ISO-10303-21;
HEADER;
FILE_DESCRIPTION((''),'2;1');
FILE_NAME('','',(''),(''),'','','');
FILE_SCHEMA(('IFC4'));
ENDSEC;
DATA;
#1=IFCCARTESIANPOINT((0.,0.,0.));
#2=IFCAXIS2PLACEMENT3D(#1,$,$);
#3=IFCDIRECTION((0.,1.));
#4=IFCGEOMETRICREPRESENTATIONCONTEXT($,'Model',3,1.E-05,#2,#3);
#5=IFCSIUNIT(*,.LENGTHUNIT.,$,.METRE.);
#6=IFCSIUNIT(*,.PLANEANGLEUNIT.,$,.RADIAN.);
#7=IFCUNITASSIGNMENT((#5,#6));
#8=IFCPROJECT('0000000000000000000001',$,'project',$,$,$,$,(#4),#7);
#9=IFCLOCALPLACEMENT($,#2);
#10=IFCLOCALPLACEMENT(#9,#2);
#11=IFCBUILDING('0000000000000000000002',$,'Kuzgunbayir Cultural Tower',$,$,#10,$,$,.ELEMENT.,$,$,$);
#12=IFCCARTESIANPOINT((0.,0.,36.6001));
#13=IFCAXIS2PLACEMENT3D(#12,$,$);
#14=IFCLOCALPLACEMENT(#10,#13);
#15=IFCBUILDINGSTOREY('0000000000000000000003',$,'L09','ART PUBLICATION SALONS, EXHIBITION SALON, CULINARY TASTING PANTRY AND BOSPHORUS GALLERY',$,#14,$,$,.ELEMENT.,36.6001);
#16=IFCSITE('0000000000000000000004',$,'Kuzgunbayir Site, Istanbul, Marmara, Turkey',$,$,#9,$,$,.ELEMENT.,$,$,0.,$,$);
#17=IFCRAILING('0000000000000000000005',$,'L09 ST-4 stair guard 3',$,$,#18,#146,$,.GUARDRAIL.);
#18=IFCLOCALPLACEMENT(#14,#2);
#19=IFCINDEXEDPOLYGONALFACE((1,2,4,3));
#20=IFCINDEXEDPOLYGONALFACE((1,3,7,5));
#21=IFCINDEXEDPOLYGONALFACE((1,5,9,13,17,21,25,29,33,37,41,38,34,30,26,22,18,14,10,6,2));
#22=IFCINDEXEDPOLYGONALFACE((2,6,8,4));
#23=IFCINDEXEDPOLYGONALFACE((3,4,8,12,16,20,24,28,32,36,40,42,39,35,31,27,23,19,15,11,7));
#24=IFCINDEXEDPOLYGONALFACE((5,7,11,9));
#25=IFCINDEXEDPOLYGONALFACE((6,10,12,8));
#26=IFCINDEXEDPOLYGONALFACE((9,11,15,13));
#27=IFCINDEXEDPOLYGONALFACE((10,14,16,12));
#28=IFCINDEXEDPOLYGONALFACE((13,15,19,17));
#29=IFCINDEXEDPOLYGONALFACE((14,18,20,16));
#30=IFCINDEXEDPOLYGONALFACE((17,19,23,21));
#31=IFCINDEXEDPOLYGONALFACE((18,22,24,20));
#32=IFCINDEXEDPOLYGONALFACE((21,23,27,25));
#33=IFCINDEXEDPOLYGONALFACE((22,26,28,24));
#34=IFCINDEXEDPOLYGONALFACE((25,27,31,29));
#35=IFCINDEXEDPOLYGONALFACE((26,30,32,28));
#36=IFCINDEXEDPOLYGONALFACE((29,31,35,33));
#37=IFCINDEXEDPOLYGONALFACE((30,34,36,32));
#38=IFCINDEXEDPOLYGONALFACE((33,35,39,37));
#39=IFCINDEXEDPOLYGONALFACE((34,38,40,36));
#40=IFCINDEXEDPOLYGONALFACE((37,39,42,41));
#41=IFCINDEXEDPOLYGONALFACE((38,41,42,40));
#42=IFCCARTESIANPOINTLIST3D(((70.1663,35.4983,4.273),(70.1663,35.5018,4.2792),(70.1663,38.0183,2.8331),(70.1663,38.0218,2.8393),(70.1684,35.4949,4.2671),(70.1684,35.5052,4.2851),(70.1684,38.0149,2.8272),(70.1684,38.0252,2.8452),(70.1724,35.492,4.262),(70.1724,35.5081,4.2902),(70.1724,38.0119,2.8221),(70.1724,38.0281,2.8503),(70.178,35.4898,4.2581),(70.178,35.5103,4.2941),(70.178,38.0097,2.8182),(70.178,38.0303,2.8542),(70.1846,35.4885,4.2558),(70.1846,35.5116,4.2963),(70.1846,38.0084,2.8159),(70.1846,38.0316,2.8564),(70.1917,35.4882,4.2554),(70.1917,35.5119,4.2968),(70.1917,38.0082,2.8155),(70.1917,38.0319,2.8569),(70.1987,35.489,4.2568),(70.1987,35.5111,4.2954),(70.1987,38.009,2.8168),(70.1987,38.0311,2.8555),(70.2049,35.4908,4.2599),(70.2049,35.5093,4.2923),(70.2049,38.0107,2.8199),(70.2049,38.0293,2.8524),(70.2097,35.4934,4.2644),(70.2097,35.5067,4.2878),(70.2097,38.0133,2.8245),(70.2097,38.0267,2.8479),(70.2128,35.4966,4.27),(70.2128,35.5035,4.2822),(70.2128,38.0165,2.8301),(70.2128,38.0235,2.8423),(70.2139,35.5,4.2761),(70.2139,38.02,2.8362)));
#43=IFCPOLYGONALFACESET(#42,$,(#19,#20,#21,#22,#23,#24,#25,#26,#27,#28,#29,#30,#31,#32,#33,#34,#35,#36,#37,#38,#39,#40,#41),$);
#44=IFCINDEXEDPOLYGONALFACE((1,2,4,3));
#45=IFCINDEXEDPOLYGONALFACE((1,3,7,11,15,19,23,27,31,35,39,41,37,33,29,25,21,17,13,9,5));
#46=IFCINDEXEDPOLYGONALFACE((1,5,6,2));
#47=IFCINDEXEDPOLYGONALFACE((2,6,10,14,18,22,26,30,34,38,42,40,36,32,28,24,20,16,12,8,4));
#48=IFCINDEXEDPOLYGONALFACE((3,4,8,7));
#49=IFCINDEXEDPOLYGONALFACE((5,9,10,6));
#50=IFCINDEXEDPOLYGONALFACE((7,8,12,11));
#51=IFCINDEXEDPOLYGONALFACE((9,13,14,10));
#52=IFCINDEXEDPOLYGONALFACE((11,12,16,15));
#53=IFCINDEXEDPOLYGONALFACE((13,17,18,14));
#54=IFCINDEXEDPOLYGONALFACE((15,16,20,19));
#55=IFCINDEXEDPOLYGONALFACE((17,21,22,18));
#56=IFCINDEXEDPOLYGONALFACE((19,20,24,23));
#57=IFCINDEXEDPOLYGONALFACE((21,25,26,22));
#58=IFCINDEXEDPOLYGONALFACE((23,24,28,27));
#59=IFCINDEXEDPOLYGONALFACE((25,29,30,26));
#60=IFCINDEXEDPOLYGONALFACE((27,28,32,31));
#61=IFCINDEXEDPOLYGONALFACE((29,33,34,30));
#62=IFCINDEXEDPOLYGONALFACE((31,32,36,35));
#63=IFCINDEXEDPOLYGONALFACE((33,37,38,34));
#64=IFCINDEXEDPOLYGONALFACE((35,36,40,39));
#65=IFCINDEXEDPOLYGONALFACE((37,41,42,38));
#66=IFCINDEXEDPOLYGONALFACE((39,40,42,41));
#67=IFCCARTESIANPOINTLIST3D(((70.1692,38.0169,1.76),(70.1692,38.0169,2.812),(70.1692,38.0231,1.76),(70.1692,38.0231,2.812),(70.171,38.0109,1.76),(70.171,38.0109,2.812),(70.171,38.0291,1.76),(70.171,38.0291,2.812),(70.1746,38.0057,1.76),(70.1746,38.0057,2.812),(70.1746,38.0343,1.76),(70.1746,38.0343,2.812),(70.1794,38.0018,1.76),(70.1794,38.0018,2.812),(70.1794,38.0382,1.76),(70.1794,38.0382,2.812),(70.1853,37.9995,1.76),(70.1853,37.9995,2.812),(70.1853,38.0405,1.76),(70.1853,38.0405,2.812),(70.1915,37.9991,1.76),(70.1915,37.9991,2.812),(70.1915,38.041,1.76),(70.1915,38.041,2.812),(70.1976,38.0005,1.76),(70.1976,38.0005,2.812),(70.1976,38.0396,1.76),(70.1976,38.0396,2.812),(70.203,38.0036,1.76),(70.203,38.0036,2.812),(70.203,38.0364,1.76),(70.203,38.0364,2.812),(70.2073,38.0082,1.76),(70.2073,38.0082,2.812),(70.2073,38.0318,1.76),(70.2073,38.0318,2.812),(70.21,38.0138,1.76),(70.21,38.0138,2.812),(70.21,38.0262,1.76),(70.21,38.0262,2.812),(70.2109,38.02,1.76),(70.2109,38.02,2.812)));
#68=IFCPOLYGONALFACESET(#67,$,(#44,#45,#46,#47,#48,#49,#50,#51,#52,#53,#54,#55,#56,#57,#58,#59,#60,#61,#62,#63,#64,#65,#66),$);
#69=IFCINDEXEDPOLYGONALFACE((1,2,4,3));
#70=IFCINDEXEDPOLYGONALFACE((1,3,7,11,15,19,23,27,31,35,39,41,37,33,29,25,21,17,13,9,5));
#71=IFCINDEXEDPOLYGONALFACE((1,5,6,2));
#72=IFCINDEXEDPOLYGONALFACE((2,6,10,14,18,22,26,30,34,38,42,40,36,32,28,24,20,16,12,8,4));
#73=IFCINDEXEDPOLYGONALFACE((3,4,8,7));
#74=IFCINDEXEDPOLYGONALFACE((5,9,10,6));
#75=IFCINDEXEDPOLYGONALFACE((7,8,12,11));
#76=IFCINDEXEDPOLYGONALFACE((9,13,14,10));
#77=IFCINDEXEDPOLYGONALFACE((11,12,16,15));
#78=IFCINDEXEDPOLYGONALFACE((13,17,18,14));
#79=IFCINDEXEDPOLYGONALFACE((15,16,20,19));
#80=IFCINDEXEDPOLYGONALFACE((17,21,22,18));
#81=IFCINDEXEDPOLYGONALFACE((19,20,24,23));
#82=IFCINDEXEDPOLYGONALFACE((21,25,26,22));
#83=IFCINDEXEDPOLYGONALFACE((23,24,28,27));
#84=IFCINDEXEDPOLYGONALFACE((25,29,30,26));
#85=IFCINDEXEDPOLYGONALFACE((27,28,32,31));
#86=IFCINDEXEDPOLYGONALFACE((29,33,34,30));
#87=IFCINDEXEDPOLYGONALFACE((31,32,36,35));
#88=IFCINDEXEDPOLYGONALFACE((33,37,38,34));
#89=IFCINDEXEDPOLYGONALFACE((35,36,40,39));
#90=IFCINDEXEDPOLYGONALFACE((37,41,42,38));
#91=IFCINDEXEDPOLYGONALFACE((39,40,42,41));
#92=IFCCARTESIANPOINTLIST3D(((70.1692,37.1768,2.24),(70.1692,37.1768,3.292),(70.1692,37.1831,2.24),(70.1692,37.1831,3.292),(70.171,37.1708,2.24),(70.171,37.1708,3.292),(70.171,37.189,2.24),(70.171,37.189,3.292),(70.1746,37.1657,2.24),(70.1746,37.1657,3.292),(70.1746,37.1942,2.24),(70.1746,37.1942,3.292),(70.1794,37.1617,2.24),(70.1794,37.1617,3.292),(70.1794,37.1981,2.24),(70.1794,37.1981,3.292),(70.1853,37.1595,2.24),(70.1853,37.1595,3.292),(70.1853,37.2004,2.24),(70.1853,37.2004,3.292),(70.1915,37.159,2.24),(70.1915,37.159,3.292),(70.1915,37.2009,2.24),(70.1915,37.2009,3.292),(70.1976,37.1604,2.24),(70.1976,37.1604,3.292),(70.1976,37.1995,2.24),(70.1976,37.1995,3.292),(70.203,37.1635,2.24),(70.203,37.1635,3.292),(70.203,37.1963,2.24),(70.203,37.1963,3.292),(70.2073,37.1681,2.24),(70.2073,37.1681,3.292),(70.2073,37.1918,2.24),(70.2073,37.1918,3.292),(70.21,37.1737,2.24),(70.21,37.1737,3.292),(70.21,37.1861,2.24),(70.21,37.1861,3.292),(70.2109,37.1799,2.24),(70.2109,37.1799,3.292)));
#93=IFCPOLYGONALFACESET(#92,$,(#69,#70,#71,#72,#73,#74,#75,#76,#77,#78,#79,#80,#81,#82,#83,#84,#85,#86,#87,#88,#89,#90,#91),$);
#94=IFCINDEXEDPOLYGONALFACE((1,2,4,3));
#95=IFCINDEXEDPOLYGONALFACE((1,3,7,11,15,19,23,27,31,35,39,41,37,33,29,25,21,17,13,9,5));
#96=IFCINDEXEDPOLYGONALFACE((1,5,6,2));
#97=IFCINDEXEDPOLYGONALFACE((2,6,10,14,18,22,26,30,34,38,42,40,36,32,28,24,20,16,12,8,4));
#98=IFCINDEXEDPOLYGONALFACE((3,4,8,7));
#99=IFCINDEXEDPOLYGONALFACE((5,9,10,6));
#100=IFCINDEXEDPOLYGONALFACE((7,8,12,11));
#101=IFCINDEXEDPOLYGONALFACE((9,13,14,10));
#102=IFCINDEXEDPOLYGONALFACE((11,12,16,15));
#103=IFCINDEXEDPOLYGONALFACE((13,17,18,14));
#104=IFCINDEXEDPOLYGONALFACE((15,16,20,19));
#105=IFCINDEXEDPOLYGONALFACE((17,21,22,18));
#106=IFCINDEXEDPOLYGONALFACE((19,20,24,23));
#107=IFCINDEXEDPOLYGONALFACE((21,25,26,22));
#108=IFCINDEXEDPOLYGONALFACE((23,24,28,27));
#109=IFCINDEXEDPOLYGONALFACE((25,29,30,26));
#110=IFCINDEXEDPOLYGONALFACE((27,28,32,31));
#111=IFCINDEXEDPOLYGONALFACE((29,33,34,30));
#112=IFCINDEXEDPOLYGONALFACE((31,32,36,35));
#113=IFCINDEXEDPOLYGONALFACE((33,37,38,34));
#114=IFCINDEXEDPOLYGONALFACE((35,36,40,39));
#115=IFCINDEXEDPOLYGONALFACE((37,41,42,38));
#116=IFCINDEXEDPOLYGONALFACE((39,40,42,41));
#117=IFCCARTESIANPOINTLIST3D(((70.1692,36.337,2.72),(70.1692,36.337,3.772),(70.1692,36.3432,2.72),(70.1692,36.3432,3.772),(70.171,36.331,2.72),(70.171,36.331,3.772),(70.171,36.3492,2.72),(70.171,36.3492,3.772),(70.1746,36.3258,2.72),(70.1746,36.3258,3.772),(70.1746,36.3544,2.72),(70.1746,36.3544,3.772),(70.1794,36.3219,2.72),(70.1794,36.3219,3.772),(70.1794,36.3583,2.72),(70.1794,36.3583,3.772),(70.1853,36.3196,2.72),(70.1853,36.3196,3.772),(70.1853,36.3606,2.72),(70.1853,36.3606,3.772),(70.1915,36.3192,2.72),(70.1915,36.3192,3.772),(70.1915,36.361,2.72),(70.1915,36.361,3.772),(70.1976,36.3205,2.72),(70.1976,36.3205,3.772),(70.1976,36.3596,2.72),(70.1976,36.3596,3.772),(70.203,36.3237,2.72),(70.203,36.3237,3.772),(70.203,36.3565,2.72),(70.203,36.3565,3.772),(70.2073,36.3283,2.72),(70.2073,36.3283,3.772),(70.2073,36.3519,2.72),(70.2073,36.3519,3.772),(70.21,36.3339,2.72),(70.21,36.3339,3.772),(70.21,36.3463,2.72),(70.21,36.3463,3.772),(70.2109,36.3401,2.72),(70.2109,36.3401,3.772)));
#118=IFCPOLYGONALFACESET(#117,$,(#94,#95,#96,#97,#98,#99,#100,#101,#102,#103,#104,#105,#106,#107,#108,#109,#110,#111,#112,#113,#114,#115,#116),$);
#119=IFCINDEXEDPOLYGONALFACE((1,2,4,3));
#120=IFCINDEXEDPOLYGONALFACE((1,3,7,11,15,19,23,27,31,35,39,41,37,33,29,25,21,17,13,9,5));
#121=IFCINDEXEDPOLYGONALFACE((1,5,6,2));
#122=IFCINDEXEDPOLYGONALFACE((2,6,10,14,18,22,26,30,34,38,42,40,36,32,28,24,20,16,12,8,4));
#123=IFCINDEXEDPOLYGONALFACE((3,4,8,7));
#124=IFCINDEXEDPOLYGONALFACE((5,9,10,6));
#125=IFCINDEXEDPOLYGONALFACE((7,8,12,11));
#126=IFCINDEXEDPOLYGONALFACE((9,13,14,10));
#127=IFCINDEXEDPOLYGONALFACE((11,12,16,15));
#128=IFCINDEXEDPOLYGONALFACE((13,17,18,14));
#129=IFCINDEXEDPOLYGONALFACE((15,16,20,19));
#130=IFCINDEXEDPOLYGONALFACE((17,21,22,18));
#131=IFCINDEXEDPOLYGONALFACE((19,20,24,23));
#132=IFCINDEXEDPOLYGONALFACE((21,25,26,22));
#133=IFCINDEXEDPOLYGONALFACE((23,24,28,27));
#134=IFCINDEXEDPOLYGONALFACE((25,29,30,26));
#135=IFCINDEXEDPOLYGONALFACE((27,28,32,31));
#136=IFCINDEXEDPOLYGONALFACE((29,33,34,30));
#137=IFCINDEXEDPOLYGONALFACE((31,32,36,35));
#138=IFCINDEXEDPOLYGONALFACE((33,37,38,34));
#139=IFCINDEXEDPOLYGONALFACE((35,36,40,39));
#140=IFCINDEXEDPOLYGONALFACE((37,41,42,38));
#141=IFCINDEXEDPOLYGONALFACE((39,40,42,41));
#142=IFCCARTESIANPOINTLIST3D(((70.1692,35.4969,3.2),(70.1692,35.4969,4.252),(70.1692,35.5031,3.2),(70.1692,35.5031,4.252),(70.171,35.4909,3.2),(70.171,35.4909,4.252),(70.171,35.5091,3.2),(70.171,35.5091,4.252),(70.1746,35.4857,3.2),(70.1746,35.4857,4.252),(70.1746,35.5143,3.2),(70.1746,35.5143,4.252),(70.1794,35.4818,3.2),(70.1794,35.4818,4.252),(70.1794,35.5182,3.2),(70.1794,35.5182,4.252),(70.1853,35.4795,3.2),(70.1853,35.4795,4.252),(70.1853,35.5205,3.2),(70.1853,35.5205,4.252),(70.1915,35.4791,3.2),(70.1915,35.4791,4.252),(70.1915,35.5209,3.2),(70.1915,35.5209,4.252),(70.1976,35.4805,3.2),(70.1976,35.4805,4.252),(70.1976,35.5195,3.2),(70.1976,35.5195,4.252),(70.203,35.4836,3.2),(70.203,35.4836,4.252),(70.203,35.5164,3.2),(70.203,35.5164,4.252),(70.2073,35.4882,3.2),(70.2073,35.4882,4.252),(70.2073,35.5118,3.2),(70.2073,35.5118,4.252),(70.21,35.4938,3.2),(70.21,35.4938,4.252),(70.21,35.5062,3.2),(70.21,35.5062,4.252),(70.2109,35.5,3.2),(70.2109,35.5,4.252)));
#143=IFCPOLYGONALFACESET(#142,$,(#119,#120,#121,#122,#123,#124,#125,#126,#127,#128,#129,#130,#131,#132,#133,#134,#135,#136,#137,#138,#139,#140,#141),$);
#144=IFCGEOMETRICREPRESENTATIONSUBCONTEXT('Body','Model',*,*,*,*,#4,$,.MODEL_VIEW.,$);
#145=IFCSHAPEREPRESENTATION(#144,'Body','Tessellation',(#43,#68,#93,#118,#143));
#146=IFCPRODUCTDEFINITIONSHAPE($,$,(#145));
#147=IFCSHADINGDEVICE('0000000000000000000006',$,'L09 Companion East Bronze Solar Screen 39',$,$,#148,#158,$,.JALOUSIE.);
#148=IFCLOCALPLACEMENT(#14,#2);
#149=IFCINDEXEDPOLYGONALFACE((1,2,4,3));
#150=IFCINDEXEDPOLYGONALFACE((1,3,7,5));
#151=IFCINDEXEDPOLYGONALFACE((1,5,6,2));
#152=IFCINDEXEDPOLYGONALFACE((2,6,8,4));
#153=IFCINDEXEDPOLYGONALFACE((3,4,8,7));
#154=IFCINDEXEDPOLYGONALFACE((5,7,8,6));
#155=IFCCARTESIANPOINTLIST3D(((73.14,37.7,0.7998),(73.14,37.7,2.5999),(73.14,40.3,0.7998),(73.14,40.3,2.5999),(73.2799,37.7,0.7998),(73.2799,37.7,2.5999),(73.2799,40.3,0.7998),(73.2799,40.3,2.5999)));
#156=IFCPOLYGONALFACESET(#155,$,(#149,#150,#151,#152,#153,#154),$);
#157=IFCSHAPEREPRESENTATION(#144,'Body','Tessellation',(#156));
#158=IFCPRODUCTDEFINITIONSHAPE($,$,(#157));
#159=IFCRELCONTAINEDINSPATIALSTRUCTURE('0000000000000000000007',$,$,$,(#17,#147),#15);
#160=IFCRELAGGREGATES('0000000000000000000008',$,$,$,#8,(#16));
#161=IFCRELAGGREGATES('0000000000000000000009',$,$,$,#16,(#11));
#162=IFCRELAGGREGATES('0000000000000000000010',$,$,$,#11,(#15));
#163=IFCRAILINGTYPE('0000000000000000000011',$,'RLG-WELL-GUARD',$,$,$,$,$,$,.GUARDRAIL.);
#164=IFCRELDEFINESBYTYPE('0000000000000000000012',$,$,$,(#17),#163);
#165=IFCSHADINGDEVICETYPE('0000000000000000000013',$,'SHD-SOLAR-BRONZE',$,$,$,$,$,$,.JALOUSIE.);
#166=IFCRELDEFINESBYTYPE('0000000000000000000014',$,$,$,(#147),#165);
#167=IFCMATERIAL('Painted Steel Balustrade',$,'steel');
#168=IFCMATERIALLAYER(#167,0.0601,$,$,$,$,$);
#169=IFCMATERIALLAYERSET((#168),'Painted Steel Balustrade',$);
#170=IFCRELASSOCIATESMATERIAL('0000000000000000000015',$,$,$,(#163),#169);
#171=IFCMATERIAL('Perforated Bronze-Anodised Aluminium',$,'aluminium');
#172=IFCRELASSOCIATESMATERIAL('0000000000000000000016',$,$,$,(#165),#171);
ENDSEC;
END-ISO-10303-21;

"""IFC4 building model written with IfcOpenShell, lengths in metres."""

from ifc_helpers import new_model, si_unit, direction, frame, origin, origin_2d, place, context, subcontext, project, spatial, rectangle, circle, extrude, material, layer, layer_set, type_object, element, save


model = new_model("IFC4")

# Units and contexts
model_context = context("Model", 3, precision=1e-05, world=origin(), true_north=direction((0.0, 1.0)))
body_context = subcontext(model_context, "Body", "Model", "MODEL_VIEW")
ifc_project = project(units=[si_unit("LENGTHUNIT", "METRE"), si_unit("PLANEANGLEUNIT", "RADIAN")], contexts=[model_context])

# Site, building, storey
site_placement = place(None, origin())
site = spatial("IfcSite", under=ifc_project, at=site_placement, Name="Kuzgunbayir Site, Istanbul, Marmara, Turkey", CompositionType="ELEMENT", RefElevation=0.0)
building_placement = place(site_placement, origin())
building = spatial("IfcBuilding", under=site, at=building_placement, Name="Kuzgunbayir Cultural Tower", CompositionType="ELEMENT")
storey_placement = place(building_placement, frame((0.0, 0.0, 36.6001)))
storey = spatial("IfcBuildingStorey", under=building, at=storey_placement, Name="L09", Description="ART PUBLICATION SALONS, EXHIBITION SALON, CULINARY TASTING PANTRY AND BOSPHORUS GALLERY", CompositionType="ELEMENT", Elevation=36.6001)

# Railing
ifc_material_1 = material(Name="Painted Steel Balustrade", Category="steel")
ifc_layer_1 = layer(ifc_material_1, 0.0601)
ifc_layer_set_1 = layer_set([ifc_layer_1], Name="Painted Steel Balustrade")
railing_type_1 = type_object("IfcRailingType", Name="RLG-WELL-GUARD", PredefinedType="GUARDRAIL", material=ifc_layer_set_1)
railing_1_placement = place(storey_placement, frame((70.1899, 38.02, 1.76)))
element("IfcRailing", 1, at=railing_1_placement, inside=storey, type_object=railing_type_1, Name="L09 ST-4 stair guard 3", PredefinedType="GUARDRAIL", context=body_context, shape_type="SweptSolid", body=[
    extrude(circle(Radius=0.0239, at=origin_2d()), frame((0.0, 0.0, 1.0762), z_axis=(0.0, -0.868253, 0.496121), x_axis=(1.0, 0.0, 0.0)), (0.0, 0.0, 1.0), 2.9023),
    extrude(circle(Radius=0.021, at=origin_2d()), origin(), (0.0, 0.0, 1.0), 1.052),
    extrude(circle(Radius=0.021, at=origin_2d()), frame((0.0, -0.8401, 0.48)), (0.0, 0.0, 1.0), 1.052),
    extrude(circle(Radius=0.021, at=origin_2d()), frame((0.0, -1.6799, 0.96)), (0.0, 0.0, 1.0), 1.052),
    extrude(circle(Radius=0.021, at=origin_2d()), frame((0.0, -2.52, 1.4399)), (0.0, 0.0, 1.0), 1.052),
])

# Shading device
ifc_material_2 = material(Name="Perforated Bronze-Anodised Aluminium", Category="aluminium")
shading_device_type = type_object("IfcShadingDeviceType", Name="SHD-SOLAR-BRONZE", PredefinedType="JALOUSIE", material=ifc_material_2)
shading_device_placement = place(storey_placement, frame((73.21, 39.0, 0.7998), z_axis=(0.0, 0.0, 1.0), x_axis=(1.0, 0.0, 0.0)))
element("IfcShadingDevice", 2, at=shading_device_placement, inside=storey, type_object=shading_device_type, Name="L09 Companion East Bronze Solar Screen 39", PredefinedType="JALOUSIE", context=body_context, shape_type="SweptSolid", body=[
    extrude(rectangle(XDim=0.1399, YDim=2.6001, at=origin_2d()), origin(), (0.0, 0.0, 1.0), 1.8),
])

save(model, "model.ifc")
